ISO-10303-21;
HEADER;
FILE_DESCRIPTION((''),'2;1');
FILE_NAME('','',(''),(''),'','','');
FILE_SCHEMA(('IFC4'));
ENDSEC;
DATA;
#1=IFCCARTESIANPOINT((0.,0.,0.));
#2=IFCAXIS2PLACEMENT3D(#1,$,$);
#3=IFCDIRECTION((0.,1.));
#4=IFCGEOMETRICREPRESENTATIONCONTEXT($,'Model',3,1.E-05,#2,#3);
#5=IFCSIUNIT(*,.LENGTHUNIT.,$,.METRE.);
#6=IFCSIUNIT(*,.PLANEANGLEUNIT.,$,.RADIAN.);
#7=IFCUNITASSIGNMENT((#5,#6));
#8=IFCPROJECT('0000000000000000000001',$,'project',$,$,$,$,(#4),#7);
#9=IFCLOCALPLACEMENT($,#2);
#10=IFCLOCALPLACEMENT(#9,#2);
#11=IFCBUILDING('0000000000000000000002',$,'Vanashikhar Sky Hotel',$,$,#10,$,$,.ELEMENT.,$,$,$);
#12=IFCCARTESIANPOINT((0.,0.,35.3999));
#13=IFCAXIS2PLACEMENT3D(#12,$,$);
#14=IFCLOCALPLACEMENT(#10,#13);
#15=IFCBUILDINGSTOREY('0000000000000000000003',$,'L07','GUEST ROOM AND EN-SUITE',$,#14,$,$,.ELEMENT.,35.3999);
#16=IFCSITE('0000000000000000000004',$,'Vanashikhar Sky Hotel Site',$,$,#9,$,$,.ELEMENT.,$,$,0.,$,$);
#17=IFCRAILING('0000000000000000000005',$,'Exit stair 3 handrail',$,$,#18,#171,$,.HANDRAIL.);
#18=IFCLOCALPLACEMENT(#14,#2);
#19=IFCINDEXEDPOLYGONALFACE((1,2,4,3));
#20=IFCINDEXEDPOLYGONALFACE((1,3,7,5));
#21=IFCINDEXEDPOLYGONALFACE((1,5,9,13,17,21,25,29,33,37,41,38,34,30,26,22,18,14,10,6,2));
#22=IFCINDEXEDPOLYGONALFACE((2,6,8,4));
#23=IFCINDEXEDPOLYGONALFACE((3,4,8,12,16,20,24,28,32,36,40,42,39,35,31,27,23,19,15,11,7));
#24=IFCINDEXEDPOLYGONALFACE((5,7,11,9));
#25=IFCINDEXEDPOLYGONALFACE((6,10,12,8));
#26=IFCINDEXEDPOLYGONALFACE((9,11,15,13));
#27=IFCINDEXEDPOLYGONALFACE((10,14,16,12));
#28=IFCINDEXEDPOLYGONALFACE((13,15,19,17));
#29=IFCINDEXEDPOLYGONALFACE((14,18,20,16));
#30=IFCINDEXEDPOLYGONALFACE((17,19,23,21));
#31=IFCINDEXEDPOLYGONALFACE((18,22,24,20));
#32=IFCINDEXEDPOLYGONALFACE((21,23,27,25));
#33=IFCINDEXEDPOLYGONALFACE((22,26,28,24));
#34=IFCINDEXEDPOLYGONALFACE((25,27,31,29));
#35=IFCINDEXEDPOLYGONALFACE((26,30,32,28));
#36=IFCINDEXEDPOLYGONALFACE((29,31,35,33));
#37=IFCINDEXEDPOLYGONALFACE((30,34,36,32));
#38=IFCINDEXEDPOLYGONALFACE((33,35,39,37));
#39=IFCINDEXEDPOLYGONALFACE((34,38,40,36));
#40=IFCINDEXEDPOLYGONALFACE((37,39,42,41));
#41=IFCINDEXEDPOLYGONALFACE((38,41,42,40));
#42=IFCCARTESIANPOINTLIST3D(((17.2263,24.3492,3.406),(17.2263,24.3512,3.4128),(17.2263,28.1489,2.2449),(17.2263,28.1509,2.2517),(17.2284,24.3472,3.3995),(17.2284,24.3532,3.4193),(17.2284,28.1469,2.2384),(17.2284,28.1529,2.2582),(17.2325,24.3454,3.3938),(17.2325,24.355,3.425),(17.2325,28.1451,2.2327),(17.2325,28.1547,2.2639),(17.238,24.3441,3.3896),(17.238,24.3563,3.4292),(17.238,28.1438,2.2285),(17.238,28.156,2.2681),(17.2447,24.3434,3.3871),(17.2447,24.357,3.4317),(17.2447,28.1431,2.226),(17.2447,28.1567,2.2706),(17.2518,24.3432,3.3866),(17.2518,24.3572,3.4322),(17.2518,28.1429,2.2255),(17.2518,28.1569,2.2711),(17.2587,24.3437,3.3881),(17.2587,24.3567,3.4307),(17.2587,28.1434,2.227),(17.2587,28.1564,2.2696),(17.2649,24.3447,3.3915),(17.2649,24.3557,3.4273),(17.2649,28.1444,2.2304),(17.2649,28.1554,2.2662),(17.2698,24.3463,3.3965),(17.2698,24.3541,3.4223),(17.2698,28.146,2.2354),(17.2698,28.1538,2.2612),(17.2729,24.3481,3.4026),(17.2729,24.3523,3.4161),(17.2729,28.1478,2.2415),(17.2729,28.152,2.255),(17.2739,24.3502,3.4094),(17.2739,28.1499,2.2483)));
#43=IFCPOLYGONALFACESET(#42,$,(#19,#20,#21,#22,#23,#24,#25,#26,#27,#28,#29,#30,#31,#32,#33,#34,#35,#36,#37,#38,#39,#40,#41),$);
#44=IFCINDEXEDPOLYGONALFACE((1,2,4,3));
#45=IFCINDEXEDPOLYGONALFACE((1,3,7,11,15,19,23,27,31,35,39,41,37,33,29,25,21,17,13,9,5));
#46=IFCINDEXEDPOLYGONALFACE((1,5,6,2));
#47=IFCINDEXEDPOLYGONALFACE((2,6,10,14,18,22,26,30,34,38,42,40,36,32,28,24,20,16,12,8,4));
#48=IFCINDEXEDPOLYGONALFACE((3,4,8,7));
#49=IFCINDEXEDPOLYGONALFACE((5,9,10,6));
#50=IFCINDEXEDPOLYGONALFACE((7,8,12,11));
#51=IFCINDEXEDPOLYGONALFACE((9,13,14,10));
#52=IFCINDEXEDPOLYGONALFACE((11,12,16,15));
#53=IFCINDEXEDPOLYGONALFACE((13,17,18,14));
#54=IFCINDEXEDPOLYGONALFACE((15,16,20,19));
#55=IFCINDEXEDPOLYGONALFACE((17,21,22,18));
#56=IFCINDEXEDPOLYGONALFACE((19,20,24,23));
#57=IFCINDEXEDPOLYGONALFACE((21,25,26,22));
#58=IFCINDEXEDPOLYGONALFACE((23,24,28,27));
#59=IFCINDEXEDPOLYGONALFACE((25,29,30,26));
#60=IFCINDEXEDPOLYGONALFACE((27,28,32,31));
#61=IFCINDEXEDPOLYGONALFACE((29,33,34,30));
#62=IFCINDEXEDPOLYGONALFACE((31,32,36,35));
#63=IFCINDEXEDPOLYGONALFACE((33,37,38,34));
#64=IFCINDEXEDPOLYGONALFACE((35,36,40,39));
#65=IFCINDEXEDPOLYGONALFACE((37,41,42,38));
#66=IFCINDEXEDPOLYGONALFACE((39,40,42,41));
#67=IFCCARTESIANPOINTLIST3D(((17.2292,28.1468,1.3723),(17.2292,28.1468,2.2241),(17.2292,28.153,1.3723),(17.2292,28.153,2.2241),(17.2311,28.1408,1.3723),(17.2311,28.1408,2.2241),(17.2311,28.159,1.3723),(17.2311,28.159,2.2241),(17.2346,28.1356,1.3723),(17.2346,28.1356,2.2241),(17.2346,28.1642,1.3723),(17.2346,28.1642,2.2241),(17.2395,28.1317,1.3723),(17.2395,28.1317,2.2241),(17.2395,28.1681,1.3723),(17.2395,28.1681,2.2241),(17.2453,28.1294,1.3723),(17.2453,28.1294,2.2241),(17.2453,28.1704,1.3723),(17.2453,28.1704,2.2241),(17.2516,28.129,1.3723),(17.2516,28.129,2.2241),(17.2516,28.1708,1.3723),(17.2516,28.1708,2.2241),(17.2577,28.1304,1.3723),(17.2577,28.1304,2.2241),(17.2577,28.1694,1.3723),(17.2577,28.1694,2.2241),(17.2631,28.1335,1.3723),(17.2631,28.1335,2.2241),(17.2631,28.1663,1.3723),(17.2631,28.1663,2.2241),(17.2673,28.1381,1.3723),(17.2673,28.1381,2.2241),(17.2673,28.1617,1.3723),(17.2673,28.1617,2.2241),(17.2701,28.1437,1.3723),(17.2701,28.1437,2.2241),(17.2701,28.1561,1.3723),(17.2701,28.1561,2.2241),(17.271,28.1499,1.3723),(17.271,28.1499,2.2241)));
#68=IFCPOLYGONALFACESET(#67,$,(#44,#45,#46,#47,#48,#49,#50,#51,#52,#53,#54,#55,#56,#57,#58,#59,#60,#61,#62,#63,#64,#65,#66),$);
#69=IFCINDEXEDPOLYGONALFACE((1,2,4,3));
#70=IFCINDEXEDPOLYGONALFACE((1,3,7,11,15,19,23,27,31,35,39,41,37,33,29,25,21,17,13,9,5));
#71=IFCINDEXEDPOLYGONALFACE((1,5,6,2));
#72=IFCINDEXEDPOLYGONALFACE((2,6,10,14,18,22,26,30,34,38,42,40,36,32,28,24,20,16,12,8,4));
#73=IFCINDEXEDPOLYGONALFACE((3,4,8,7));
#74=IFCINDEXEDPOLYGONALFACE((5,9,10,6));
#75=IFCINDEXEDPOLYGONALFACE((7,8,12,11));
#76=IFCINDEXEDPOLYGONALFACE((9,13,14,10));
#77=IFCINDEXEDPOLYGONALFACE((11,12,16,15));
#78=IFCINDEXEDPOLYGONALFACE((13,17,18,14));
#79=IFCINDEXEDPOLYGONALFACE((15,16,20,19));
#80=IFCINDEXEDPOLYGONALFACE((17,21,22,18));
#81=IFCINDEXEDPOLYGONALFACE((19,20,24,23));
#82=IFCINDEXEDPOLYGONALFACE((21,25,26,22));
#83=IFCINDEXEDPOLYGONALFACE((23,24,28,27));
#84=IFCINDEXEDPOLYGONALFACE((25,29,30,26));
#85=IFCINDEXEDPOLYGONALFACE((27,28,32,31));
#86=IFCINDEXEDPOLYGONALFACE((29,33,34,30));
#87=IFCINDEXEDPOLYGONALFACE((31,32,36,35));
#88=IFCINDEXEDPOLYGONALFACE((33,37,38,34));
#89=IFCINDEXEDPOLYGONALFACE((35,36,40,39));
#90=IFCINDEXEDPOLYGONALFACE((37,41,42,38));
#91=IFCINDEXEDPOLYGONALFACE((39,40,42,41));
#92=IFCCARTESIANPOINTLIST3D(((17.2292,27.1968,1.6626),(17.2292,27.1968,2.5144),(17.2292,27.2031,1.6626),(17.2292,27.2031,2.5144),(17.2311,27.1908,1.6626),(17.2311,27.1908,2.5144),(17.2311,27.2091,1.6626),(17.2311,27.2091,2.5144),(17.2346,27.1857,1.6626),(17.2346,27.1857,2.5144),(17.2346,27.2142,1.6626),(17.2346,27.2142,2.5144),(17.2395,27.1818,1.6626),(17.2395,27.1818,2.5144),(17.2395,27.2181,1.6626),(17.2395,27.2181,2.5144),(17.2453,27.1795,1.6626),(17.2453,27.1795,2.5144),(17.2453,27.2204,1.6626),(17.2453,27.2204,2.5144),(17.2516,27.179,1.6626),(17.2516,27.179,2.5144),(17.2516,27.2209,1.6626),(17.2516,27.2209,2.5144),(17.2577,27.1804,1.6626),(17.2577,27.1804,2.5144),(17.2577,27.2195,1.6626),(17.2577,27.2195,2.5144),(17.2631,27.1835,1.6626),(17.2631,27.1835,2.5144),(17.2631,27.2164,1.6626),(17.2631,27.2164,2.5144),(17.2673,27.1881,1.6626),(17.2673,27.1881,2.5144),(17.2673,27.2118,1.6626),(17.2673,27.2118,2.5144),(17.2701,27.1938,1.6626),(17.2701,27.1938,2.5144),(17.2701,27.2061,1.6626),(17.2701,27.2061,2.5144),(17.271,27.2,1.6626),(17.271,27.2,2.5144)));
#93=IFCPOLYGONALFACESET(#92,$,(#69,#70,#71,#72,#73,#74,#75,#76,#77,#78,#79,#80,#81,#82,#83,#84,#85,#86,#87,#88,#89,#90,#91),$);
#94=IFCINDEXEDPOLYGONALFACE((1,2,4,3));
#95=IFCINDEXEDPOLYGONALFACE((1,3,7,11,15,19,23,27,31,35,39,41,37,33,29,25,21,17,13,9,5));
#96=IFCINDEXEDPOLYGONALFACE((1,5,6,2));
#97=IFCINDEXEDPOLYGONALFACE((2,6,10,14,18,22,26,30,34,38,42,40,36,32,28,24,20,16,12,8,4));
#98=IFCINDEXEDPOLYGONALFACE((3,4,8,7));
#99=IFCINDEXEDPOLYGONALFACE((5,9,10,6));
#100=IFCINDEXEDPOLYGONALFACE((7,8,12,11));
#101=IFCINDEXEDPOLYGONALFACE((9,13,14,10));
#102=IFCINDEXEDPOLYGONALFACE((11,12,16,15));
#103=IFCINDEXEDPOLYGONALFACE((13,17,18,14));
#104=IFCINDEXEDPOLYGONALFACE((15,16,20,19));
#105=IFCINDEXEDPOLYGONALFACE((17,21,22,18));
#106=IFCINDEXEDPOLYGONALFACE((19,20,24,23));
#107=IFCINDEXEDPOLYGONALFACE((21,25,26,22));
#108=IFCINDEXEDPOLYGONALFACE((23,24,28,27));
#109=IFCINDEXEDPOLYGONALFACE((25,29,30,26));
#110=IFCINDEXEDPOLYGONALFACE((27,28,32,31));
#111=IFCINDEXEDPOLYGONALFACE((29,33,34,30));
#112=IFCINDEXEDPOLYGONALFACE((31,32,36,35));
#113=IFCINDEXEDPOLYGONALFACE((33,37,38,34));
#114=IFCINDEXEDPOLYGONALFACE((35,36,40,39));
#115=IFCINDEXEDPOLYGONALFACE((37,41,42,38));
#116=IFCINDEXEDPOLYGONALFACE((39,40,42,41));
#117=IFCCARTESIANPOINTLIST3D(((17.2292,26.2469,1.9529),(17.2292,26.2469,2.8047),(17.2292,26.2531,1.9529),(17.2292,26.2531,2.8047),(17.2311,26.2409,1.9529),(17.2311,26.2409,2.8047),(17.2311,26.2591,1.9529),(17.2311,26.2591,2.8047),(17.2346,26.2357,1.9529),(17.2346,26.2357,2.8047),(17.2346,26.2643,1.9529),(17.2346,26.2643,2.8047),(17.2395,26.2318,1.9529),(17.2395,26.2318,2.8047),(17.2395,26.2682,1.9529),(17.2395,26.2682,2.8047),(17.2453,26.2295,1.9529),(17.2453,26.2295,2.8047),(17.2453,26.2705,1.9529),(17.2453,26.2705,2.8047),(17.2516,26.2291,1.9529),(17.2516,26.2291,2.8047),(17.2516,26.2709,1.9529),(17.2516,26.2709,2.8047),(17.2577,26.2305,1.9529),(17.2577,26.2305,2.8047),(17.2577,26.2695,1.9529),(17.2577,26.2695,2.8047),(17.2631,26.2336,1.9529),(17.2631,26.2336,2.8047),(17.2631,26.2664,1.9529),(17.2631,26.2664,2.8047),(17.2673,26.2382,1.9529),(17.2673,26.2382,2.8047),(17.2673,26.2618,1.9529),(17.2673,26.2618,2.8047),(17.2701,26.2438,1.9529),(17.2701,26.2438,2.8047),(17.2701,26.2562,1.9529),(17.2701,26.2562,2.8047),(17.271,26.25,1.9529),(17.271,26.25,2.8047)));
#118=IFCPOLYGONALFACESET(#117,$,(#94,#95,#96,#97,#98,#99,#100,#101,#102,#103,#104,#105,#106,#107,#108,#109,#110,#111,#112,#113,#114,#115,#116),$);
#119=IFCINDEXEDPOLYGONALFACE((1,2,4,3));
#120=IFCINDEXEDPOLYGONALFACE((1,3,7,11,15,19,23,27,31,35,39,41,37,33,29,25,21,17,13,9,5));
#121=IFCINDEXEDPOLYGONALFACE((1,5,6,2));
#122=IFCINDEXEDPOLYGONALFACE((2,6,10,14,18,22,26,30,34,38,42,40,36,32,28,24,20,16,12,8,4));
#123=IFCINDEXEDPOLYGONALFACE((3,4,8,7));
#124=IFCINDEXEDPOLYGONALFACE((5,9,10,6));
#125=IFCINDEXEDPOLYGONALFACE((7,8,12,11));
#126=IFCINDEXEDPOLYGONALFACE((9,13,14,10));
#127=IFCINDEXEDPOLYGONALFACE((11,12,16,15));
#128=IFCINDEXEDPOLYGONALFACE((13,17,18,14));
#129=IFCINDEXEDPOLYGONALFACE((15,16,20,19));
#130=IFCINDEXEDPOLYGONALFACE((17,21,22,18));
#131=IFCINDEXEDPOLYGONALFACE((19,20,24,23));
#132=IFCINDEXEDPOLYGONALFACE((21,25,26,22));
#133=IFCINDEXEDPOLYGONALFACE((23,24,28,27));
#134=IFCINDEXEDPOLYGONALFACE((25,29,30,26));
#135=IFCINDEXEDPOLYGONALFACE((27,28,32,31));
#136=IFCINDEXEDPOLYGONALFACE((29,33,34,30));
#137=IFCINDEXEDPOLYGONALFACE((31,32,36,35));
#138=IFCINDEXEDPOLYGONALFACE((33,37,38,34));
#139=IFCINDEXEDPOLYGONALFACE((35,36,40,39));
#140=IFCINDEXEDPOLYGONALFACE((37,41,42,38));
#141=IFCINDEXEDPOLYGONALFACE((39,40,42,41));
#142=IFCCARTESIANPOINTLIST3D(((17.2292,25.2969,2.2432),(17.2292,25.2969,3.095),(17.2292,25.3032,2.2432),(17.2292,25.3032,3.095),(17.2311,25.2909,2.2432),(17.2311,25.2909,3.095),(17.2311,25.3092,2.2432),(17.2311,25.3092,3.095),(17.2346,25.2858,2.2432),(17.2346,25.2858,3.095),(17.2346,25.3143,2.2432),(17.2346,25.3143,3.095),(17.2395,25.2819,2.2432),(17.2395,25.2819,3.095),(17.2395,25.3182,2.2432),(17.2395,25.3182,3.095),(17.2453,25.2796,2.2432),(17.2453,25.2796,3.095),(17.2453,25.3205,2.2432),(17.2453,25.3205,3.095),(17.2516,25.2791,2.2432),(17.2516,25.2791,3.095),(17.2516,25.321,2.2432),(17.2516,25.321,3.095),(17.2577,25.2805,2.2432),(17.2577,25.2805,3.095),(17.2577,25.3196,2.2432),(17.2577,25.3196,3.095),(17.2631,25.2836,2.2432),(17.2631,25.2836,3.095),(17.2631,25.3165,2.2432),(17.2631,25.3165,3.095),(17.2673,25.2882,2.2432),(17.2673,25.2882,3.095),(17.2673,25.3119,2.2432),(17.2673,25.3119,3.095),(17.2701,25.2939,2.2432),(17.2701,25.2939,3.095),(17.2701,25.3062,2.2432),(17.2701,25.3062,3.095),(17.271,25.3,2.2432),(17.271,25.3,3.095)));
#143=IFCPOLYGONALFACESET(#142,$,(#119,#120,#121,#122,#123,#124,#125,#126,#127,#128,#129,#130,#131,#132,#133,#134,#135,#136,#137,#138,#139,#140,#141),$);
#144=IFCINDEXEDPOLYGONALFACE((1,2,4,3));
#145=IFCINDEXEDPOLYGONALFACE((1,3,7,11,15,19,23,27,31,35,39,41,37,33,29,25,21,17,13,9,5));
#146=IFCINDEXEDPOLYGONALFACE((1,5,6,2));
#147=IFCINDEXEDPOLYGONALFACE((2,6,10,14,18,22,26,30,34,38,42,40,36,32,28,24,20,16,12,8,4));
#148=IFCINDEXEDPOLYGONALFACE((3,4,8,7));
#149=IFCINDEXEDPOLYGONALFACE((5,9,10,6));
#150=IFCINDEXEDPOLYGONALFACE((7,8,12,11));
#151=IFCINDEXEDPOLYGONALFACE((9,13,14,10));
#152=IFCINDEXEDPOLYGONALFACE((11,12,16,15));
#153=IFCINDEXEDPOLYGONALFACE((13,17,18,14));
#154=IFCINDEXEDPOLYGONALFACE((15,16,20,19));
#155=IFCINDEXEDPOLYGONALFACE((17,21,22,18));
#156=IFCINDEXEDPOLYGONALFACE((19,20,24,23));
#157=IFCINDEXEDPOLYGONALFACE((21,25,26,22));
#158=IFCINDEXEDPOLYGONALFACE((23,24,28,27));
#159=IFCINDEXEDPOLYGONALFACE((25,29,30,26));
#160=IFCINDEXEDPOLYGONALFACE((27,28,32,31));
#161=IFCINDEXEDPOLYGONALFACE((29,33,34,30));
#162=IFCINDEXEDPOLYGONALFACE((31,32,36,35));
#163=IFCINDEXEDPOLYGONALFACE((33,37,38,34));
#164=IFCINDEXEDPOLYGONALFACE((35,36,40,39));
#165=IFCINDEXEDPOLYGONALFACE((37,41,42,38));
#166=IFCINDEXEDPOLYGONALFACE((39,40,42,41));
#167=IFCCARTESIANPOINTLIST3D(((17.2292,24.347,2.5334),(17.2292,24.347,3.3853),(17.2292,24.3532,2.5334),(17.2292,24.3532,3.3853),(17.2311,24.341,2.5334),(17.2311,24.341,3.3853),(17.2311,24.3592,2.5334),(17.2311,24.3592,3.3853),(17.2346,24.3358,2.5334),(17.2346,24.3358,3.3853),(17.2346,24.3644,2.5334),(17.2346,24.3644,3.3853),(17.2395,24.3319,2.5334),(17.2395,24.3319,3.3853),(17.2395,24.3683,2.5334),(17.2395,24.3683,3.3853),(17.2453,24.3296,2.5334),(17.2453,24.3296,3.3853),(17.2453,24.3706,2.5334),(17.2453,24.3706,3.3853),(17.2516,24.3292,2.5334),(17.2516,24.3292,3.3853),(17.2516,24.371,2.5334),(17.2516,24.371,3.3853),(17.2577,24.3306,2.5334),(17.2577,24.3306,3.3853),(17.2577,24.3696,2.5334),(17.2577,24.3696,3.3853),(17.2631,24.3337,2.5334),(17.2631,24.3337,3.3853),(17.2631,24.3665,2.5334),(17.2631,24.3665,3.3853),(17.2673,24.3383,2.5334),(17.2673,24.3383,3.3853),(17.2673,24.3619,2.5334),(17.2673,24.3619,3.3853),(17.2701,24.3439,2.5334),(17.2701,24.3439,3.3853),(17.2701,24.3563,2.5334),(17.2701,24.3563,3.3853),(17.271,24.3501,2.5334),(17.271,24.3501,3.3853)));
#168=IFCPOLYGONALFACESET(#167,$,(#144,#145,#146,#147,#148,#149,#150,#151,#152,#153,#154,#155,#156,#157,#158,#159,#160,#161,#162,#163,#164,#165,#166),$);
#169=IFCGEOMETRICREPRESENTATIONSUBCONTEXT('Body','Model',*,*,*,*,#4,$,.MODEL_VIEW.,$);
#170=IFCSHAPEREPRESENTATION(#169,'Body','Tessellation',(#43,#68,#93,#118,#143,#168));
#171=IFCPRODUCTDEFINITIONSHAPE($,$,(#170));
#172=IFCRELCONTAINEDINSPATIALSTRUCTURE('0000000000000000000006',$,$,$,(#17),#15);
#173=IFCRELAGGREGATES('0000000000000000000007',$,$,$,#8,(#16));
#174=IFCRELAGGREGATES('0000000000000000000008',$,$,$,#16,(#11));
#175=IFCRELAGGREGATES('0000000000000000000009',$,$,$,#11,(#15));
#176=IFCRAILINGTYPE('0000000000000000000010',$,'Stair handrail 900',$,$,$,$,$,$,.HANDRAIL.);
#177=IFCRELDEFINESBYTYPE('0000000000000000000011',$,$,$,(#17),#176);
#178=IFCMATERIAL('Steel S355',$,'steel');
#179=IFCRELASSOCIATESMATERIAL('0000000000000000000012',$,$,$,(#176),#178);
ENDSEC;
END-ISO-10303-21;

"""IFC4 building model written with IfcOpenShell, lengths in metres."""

from ifc_helpers import new_model, si_unit, direction, frame, origin, origin_2d, place, context, subcontext, project, spatial, circle, extrude, source, transform, mapped, material, type_object, element, save


model = new_model("IFC4")

# Units and contexts
model_context = context("Model", 3, precision=1e-05, world=origin(), true_north=direction((0.0, 1.0)))
body_context = subcontext(model_context, "Body", "Model", "MODEL_VIEW")
ifc_project = project(units=[si_unit("LENGTHUNIT", "METRE"), si_unit("PLANEANGLEUNIT", "RADIAN")], contexts=[model_context])

# Site, building, storey
site_placement = place(None, origin())
site = spatial("IfcSite", under=ifc_project, at=site_placement, Name="Vanashikhar Sky Hotel Site", CompositionType="ELEMENT", RefElevation=0.0)
building_placement = place(site_placement, origin())
building = spatial("IfcBuilding", under=site, at=building_placement, Name="Vanashikhar Sky Hotel", CompositionType="ELEMENT")
storey_placement = place(building_placement, frame((0.0, 0.0, 35.3999)))
storey = spatial("IfcBuildingStorey", under=building, at=storey_placement, Name="L07", Description="GUEST ROOM AND EN-SUITE", CompositionType="ELEMENT", Elevation=35.3999)

# Railing
ifc_material_1 = material(Name="Steel S355", Category="steel")
railing_type = type_object("IfcRailingType", Name="Stair handrail 900", PredefinedType="HANDRAIL", material=ifc_material_1)
shared_shape_1 = source(origin(), body_context, "Body", "SweptSolid", [
    extrude(circle(Radius=0.0239, at=origin_2d()), frame((0.0, 0.0, 0.876), z_axis=(0.0, -0.956346, 0.292237), x_axis=(1.0, 0.0, 0.0)), (0.0, 0.0, 1.0), 3.9731),
    extrude(circle(Radius=0.021, at=origin_2d()), origin(), (0.0, 0.0, 1.0), 0.8518),
    extrude(circle(Radius=0.021, at=origin_2d()), frame((0.0, -0.95, 0.2903)), (0.0, 0.0, 1.0), 0.8518),
    extrude(circle(Radius=0.021, at=origin_2d()), frame((0.0, -1.8999, 0.5806)), (0.0, 0.0, 1.0), 0.8518),
    extrude(circle(Radius=0.021, at=origin_2d()), frame((0.0, -2.8499, 0.8708)), (0.0, 0.0, 1.0), 0.8518),
    extrude(circle(Radius=0.021, at=origin_2d()), frame((0.0, -3.7998, 1.1611)), (0.0, 0.0, 1.0), 0.8518),
])
railing_placement = place(storey_placement, frame((17.25, 28.1499, 1.3723)))
element("IfcRailing", 1, at=railing_placement, inside=storey, type_object=railing_type, Name="Exit stair 3 handrail", PredefinedType="HANDRAIL", context=body_context, shape_type="MappedRepresentation", body=[
    mapped(shared_shape_1, transform((0.0, 0.0, 0.0), scale=1.0)),
])

save(model, "model.ifc")
